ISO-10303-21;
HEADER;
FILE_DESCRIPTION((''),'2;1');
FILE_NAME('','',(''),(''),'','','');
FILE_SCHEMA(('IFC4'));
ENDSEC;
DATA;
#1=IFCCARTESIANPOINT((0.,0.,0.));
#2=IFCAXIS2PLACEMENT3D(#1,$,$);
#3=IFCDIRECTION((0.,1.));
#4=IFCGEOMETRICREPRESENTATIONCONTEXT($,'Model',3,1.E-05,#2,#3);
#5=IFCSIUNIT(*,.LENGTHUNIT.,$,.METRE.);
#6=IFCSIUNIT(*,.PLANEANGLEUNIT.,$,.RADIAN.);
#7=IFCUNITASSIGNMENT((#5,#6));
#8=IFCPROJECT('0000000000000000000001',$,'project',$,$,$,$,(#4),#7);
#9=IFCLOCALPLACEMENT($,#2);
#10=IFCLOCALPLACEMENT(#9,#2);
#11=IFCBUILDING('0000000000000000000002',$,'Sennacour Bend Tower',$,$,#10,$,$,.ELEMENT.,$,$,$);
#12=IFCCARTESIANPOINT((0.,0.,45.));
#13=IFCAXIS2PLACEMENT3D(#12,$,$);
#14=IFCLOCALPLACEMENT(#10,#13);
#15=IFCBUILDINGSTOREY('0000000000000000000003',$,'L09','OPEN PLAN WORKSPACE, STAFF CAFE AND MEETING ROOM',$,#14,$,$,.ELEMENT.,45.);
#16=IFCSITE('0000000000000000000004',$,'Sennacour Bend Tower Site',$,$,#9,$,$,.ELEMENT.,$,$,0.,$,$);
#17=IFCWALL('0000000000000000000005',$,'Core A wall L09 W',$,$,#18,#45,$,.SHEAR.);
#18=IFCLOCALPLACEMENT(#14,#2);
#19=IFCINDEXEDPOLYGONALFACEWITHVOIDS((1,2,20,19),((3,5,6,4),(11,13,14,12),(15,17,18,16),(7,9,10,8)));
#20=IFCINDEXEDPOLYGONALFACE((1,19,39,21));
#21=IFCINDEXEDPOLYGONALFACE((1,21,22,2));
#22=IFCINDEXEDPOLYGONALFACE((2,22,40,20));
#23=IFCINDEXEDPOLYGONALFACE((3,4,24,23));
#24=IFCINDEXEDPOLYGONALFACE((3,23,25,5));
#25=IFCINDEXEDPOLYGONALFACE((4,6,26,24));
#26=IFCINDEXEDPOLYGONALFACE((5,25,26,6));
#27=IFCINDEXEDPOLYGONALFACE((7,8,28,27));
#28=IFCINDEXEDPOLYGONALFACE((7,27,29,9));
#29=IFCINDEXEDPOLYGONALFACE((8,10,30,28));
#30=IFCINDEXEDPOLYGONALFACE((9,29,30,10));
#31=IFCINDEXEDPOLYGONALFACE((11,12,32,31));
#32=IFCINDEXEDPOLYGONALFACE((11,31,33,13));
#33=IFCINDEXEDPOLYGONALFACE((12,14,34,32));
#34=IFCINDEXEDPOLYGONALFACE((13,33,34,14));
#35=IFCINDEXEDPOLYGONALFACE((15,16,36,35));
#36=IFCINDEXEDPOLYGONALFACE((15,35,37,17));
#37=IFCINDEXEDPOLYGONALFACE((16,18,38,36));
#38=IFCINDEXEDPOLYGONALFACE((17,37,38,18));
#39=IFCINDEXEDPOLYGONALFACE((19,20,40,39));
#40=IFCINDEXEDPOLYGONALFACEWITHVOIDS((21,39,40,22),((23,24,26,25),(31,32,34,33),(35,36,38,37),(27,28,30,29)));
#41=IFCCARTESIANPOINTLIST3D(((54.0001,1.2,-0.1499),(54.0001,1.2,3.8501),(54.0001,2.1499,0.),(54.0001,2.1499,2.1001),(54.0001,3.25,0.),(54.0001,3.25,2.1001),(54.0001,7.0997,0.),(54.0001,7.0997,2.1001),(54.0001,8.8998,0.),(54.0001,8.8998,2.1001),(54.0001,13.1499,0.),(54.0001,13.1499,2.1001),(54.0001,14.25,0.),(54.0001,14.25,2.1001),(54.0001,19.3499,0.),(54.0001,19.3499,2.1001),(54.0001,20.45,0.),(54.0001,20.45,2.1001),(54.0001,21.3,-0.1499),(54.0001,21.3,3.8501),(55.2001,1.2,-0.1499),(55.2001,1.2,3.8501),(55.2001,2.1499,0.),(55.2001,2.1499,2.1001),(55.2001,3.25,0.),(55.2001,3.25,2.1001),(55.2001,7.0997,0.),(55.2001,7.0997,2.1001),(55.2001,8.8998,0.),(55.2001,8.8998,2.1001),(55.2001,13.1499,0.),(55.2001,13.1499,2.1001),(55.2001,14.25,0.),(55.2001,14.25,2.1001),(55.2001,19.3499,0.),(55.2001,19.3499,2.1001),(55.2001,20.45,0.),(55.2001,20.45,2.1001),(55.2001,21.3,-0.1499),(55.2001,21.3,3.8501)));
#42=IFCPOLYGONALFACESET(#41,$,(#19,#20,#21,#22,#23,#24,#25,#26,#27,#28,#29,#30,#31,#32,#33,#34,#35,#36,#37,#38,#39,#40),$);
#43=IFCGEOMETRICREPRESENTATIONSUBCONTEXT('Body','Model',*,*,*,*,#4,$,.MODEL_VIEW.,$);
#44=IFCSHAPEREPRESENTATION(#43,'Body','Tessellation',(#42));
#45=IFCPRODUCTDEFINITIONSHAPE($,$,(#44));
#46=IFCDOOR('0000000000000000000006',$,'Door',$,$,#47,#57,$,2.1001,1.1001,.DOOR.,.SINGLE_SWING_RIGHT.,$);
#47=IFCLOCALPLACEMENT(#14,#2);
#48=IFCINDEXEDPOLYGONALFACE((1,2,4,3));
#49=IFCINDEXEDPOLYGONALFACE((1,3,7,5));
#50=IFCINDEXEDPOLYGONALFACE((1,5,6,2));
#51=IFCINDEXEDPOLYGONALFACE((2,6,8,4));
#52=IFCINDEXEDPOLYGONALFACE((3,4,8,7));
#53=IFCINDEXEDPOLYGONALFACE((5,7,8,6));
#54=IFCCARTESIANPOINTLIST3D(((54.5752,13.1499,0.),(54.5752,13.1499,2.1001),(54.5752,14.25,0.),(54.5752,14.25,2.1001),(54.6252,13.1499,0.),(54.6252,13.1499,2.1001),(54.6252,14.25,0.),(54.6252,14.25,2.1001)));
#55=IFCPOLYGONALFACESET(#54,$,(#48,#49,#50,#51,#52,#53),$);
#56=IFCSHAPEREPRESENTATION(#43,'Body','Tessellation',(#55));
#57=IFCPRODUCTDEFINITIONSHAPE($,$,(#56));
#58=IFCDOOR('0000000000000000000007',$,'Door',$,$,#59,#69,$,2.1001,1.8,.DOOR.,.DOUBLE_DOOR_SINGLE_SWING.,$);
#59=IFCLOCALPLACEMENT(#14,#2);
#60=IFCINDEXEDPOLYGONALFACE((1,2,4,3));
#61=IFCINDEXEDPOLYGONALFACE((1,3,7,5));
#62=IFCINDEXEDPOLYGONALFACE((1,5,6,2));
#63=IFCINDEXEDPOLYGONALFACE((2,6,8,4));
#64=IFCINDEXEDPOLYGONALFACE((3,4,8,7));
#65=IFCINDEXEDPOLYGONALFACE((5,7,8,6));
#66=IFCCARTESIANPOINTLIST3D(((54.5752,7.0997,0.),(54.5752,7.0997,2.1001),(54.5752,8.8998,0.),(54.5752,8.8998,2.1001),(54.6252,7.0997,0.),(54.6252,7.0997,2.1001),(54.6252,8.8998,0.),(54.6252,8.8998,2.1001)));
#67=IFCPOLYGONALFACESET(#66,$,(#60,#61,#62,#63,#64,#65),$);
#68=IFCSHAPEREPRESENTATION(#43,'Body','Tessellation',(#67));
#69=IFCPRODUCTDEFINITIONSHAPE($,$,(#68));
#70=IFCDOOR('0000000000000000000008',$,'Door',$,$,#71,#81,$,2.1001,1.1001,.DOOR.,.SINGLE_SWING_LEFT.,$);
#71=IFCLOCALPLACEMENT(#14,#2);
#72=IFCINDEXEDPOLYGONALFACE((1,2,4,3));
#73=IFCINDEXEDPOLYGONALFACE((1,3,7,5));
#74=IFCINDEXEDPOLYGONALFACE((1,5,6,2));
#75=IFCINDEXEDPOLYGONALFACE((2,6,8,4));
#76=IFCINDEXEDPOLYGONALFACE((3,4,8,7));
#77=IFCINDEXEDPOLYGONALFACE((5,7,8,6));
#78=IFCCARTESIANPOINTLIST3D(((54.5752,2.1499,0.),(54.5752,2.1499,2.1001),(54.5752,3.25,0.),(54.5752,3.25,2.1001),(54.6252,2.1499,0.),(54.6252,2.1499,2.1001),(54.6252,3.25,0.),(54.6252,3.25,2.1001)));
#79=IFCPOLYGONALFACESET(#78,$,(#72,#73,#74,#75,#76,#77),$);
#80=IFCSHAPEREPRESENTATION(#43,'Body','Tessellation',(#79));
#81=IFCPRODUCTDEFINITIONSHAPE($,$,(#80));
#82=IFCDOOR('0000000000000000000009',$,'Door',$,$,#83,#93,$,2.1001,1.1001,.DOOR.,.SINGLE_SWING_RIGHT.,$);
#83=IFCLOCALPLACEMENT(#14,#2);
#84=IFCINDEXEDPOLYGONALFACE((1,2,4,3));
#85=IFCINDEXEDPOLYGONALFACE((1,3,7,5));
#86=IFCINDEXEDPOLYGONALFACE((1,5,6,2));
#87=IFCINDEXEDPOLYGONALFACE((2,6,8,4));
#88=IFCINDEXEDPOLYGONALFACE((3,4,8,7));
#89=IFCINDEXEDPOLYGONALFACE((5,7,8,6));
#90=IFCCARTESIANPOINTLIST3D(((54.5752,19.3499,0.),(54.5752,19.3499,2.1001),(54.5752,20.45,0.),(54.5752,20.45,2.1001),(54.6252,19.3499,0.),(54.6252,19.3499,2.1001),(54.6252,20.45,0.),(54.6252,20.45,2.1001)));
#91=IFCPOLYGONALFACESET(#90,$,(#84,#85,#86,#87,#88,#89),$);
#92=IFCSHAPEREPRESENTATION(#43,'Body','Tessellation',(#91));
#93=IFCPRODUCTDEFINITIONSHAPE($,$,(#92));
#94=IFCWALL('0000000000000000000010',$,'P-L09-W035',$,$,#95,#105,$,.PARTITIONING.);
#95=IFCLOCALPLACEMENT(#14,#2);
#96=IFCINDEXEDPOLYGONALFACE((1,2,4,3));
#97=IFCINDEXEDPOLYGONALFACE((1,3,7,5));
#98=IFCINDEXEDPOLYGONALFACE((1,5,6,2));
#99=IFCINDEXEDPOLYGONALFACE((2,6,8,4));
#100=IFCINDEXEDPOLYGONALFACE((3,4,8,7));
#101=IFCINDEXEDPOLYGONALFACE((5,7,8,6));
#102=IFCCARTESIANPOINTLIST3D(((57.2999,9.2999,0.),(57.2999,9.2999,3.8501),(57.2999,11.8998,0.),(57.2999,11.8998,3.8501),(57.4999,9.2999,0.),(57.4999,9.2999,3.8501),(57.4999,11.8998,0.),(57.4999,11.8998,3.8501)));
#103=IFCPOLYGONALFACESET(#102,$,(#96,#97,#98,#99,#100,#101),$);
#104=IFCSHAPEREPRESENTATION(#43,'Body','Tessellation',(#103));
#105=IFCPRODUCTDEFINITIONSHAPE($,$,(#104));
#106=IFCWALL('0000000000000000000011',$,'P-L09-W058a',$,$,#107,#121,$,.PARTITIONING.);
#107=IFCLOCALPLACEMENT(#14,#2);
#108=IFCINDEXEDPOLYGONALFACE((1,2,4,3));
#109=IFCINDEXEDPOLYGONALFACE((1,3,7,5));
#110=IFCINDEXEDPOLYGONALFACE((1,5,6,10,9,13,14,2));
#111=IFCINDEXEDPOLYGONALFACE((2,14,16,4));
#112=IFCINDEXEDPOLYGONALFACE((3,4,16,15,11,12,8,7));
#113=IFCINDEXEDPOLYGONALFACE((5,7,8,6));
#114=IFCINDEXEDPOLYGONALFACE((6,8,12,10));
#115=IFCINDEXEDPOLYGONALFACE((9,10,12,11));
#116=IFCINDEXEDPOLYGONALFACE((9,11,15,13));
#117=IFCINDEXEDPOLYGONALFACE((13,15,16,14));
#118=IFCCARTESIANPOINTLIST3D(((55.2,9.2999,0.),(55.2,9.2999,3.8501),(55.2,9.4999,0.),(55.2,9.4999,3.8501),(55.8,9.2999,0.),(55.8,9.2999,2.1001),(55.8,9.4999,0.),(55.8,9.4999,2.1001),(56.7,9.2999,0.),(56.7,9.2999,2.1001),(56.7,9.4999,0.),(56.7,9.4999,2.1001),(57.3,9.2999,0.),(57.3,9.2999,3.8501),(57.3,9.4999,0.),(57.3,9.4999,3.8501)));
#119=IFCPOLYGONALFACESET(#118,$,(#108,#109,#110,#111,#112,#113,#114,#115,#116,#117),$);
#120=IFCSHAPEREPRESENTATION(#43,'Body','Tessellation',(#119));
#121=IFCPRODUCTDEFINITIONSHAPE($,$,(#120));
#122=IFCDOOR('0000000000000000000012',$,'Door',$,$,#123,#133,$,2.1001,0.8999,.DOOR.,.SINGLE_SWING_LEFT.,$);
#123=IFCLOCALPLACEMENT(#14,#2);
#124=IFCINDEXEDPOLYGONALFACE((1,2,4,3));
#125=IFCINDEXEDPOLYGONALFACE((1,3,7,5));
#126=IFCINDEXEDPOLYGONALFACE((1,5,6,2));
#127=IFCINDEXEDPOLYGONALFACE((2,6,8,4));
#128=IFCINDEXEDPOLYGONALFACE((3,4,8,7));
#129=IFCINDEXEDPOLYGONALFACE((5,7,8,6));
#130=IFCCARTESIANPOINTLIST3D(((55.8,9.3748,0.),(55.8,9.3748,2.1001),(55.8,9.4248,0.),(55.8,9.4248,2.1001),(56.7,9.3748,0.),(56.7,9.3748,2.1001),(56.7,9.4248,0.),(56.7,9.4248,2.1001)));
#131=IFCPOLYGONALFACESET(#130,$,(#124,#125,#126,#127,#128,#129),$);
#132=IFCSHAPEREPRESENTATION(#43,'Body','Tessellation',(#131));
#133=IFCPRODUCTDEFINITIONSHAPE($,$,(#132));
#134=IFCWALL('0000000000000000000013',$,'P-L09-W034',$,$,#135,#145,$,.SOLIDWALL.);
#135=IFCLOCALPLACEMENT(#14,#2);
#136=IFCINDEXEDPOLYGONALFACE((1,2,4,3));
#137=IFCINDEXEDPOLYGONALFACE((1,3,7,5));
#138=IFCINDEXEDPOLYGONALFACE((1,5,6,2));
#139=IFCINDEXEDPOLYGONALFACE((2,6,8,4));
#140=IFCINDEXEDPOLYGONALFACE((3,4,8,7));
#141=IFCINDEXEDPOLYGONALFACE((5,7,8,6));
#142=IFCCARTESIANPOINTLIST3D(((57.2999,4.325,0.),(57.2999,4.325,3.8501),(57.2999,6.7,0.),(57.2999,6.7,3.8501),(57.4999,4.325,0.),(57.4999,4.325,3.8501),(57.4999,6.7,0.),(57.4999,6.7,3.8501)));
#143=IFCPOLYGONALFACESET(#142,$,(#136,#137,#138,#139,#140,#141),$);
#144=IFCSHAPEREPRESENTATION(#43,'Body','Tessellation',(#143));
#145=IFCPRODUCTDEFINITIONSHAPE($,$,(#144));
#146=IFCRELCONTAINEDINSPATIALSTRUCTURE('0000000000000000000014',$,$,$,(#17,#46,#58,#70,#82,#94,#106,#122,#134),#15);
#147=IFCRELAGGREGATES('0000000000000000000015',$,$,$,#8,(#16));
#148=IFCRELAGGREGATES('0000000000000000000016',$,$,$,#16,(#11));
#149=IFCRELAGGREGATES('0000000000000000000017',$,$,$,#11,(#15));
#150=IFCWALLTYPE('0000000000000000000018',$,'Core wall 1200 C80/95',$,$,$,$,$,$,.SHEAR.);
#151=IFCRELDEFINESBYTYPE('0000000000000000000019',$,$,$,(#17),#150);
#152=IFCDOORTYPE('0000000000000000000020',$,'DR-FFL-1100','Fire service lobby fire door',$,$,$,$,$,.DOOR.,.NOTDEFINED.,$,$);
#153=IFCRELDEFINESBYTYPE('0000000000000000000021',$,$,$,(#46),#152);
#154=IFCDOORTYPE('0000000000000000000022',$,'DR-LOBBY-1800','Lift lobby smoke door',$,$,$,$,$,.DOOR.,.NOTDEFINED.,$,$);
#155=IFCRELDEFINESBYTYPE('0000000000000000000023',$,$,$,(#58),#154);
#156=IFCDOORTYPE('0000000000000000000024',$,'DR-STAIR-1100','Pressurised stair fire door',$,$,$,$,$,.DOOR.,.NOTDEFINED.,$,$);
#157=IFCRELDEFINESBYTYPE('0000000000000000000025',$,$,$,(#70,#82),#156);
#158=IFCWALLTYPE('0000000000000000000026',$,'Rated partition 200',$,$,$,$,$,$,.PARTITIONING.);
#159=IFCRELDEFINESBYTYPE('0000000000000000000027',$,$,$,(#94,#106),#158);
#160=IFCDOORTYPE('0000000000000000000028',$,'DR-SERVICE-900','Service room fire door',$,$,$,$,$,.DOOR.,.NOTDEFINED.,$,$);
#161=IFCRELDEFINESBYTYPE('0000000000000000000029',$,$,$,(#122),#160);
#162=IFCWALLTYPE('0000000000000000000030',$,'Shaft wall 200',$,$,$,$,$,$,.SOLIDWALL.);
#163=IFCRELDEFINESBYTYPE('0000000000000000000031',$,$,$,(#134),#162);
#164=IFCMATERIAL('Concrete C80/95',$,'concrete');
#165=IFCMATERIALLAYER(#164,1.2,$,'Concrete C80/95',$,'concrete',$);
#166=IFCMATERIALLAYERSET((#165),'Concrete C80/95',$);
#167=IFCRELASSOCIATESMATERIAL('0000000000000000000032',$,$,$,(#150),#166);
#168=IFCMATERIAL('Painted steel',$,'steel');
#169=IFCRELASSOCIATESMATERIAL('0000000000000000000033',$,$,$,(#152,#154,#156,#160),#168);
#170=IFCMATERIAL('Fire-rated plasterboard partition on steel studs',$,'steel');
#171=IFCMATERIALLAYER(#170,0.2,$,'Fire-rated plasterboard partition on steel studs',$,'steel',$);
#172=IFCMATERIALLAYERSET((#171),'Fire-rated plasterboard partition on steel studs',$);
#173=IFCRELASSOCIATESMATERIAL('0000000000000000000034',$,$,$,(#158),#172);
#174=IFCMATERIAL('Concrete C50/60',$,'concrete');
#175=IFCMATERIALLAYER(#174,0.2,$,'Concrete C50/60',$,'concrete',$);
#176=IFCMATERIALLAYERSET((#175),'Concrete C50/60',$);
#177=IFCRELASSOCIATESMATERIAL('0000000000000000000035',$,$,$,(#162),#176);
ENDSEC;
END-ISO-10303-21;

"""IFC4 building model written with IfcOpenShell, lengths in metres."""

from ifc_helpers import new_model, si_unit, direction, frame, frame_2d, origin, place, context, subcontext, project, spatial, rectangle, extrude, material, layer, layer_set, type_object, element, fill, save


model = new_model("IFC4")

# Units and contexts
model_context = context("Model", 3, precision=1e-05, world=origin(), true_north=direction((0.0, 1.0)))
body_context = subcontext(model_context, "Body", "Model", "MODEL_VIEW")
ifc_project = project(units=[si_unit("LENGTHUNIT", "METRE"), si_unit("PLANEANGLEUNIT", "RADIAN")], contexts=[model_context])

# Site, building, storey
site_placement = place(None, origin())
site = spatial("IfcSite", under=ifc_project, at=site_placement, Name="Sennacour Bend Tower Site", CompositionType="ELEMENT", RefElevation=0.0)
building_placement = place(site_placement, origin())
building = spatial("IfcBuilding", under=site, at=building_placement, Name="Sennacour Bend Tower", CompositionType="ELEMENT")
storey_placement = place(building_placement, frame((0.0, 0.0, 45.0)))
storey = spatial("IfcBuildingStorey", under=building, at=storey_placement, Name="L09", Description="OPEN PLAN WORKSPACE, STAFF CAFE AND MEETING ROOM", CompositionType="ELEMENT", Elevation=45.0)

# Wall, openings, doors
ifc_material_1 = material(Name="Concrete C80/95", Category="concrete")
ifc_layer_1 = layer(ifc_material_1, 1.2, Name="Concrete C80/95", Category="concrete")
ifc_layer_set_1 = layer_set([ifc_layer_1], Name="Concrete C80/95")
wall_type_1 = type_object("IfcWallType", Name="Core wall 1200 C80/95", PredefinedType="SHEAR", material=ifc_layer_set_1)
wall_1_placement = place(storey_placement, frame((54.6001, 1.2, -0.1499), z_axis=(0.0, 0.0, 1.0), x_axis=(0.0, 1.0, 0.0)))
wall_1 = element("IfcWall", 1, at=wall_1_placement, inside=storey, type_object=wall_type_1, Name="Core A wall L09 W", PredefinedType="SHEAR", context=body_context, shape_type="SweptSolid", body=[
    extrude(rectangle(XDim=20.1001, YDim=1.2, at=frame_2d((10.05, 0.0))), origin(), (0.0, 0.0, 1.0), 4.0),
])
opening_1_placement = place(wall_1_placement, frame((5.8999, 0.0, 0.1499)))
opening_1 = element("IfcOpeningElement", 2, at=opening_1_placement, cuts=wall_1, PredefinedType="OPENING", context=body_context, shape_type="SweptSolid", body=[
    extrude(rectangle(XDim=1.8, YDim=2.1001, at=frame_2d((0.8999, 1.05))), frame((0.0, 0.6099, 0.0), z_axis=(0.0, -1.0, 0.0), x_axis=(1.0, 0.0, 0.0)), (0.0, 0.0, 1.0), 1.22),
])
opening_2_placement = place(wall_1_placement, frame((11.95, 0.0, 0.1499)))
opening_2 = element("IfcOpeningElement", 3, at=opening_2_placement, cuts=wall_1, PredefinedType="OPENING", context=body_context, shape_type="SweptSolid", body=[
    extrude(rectangle(XDim=1.1001, YDim=2.1001, at=frame_2d((0.55, 1.05))), frame((0.0, 0.6099, 0.0), z_axis=(0.0, -1.0, 0.0), x_axis=(1.0, 0.0, 0.0)), (0.0, 0.0, 1.0), 1.22),
])
opening_3_placement = place(wall_1_placement, frame((0.95, 0.0, 0.1499)))
opening_3 = element("IfcOpeningElement", 4, at=opening_3_placement, cuts=wall_1, PredefinedType="OPENING", context=body_context, shape_type="SweptSolid", body=[
    extrude(rectangle(XDim=1.1001, YDim=2.1001, at=frame_2d((0.55, 1.05))), frame((0.0, 0.6099, 0.0), z_axis=(0.0, -1.0, 0.0), x_axis=(1.0, 0.0, 0.0)), (0.0, 0.0, 1.0), 1.22),
])
opening_4_placement = place(wall_1_placement, frame((18.1499, 0.0, 0.1499)))
opening_4 = element("IfcOpeningElement", 5, at=opening_4_placement, cuts=wall_1, PredefinedType="OPENING", context=body_context, shape_type="SweptSolid", body=[
    extrude(rectangle(XDim=1.1001, YDim=2.1001, at=frame_2d((0.55, 1.05))), frame((0.0, 0.6099, 0.0), z_axis=(0.0, -1.0, 0.0), x_axis=(1.0, 0.0, 0.0)), (0.0, 0.0, 1.0), 1.22),
])
ifc_material_2 = material(Name="Painted steel", Category="steel")
door_type_1 = type_object("IfcDoorType", Name="DR-FFL-1100", Description="Fire service lobby fire door", OperationType="NOTDEFINED", PredefinedType="DOOR", material=ifc_material_2)
door_1_placement = place(opening_2_placement, origin())
door_1 = element("IfcDoor", 6, at=door_1_placement, inside=storey, type_object=door_type_1, Name="Door", OperationType="SINGLE_SWING_RIGHT", OverallHeight=2.1001, OverallWidth=1.1001, PredefinedType="DOOR", context=body_context, shape_type="SweptSolid", body=[
    extrude(rectangle(XDim=1.1001, YDim=2.1001, at=frame_2d((0.55, 1.05))), frame((0.0, 0.0249, 0.0), z_axis=(0.0, -1.0, 0.0), x_axis=(1.0, 0.0, 0.0)), (0.0, 0.0, 1.0), 0.05),
])
fill(opening_2, door_1)
door_type_2 = type_object("IfcDoorType", Name="DR-LOBBY-1800", Description="Lift lobby smoke door", OperationType="NOTDEFINED", PredefinedType="DOOR", material=ifc_material_2)
door_2_placement = place(opening_1_placement, origin())
door_2 = element("IfcDoor", 7, at=door_2_placement, inside=storey, type_object=door_type_2, Name="Door", OperationType="DOUBLE_DOOR_SINGLE_SWING", OverallHeight=2.1001, OverallWidth=1.8, PredefinedType="DOOR", context=body_context, shape_type="SweptSolid", body=[
    extrude(rectangle(XDim=1.8, YDim=2.1001, at=frame_2d((0.8999, 1.05))), frame((0.0, 0.0249, 0.0), z_axis=(0.0, -1.0, 0.0), x_axis=(1.0, 0.0, 0.0)), (0.0, 0.0, 1.0), 0.05),
])
fill(opening_1, door_2)
door_type_3 = type_object("IfcDoorType", Name="DR-STAIR-1100", Description="Pressurised stair fire door", OperationType="NOTDEFINED", PredefinedType="DOOR", material=ifc_material_2)
door_3_placement = place(opening_3_placement, origin())
door_3 = element("IfcDoor", 8, at=door_3_placement, inside=storey, type_object=door_type_3, Name="Door", OperationType="SINGLE_SWING_LEFT", OverallHeight=2.1001, OverallWidth=1.1001, PredefinedType="DOOR", context=body_context, shape_type="SweptSolid", body=[
    extrude(rectangle(XDim=1.1001, YDim=2.1001, at=frame_2d((0.55, 1.05))), frame((0.0, 0.0249, 0.0), z_axis=(0.0, -1.0, 0.0), x_axis=(1.0, 0.0, 0.0)), (0.0, 0.0, 1.0), 0.05),
])
fill(opening_3, door_3)
door_4_placement = place(opening_4_placement, origin())
door_4 = element("IfcDoor", 9, at=door_4_placement, inside=storey, type_object=door_type_3, Name="Door", OperationType="SINGLE_SWING_RIGHT", OverallHeight=2.1001, OverallWidth=1.1001, PredefinedType="DOOR", context=body_context, shape_type="SweptSolid", body=[
    extrude(rectangle(XDim=1.1001, YDim=2.1001, at=frame_2d((0.55, 1.05))), frame((0.0, 0.0249, 0.0), z_axis=(0.0, -1.0, 0.0), x_axis=(1.0, 0.0, 0.0)), (0.0, 0.0, 1.0), 0.05),
])
fill(opening_4, door_4)

# Wall
ifc_material_3 = material(Name="Fire-rated plasterboard partition on steel studs", Category="steel")
ifc_layer_2 = layer(ifc_material_3, 0.2, Name="Fire-rated plasterboard partition on steel studs", Category="steel")
ifc_layer_set_2 = layer_set([ifc_layer_2], Name="Fire-rated plasterboard partition on steel studs")
wall_type_2 = type_object("IfcWallType", Name="Rated partition 200", PredefinedType="PARTITIONING", material=ifc_layer_set_2)
wall_2_placement = place(storey_placement, frame((57.3999, 9.3, 0.0), z_axis=(0.0, 0.0, 1.0), x_axis=(0.0, 1.0, 0.0)))
element("IfcWall", 10, at=wall_2_placement, inside=storey, type_object=wall_type_2, Name="P-L09-W035", PredefinedType="PARTITIONING", context=body_context, shape_type="SweptSolid", body=[
    extrude(rectangle(XDim=2.5999, YDim=0.2, at=frame_2d((1.2998, 0.0))), origin(), (0.0, 0.0, 1.0), 3.8501),
])

# Wall, opening, door
wall_3_placement = place(storey_placement, frame((55.2, 9.3999, 0.0), z_axis=(0.0, 0.0, 1.0), x_axis=(1.0, 0.0, 0.0)))
wall_3 = element("IfcWall", 11, at=wall_3_placement, inside=storey, type_object=wall_type_2, Name="P-L09-W058a", PredefinedType="PARTITIONING", context=body_context, shape_type="SweptSolid", body=[
    extrude(rectangle(XDim=2.1001, YDim=0.2, at=frame_2d((1.05, 0.0))), origin(), (0.0, 0.0, 1.0), 3.8501),
])
opening_5_placement = place(wall_3_placement, frame((0.6001, 0.0, 0.0)))
opening_5 = element("IfcOpeningElement", 12, at=opening_5_placement, cuts=wall_3, PredefinedType="OPENING", context=body_context, shape_type="SweptSolid", body=[
    extrude(rectangle(XDim=0.8999, YDim=2.1001, at=frame_2d((0.45, 1.05))), frame((0.0, 0.1099, 0.0), z_axis=(0.0, -1.0, 0.0), x_axis=(1.0, 0.0, 0.0)), (0.0, 0.0, 1.0), 0.22),
])
door_type_4 = type_object("IfcDoorType", Name="DR-SERVICE-900", Description="Service room fire door", OperationType="NOTDEFINED", PredefinedType="DOOR", material=ifc_material_2)
door_5_placement = place(opening_5_placement, origin())
door_5 = element("IfcDoor", 13, at=door_5_placement, inside=storey, type_object=door_type_4, Name="Door", OperationType="SINGLE_SWING_LEFT", OverallHeight=2.1001, OverallWidth=0.8999, PredefinedType="DOOR", context=body_context, shape_type="SweptSolid", body=[
    extrude(rectangle(XDim=0.8999, YDim=2.1001, at=frame_2d((0.45, 1.05))), frame((0.0, 0.0249, 0.0), z_axis=(0.0, -1.0, 0.0), x_axis=(1.0, 0.0, 0.0)), (0.0, 0.0, 1.0), 0.05),
])
fill(opening_5, door_5)

# Wall
ifc_material_4 = material(Name="Concrete C50/60", Category="concrete")
ifc_layer_3 = layer(ifc_material_4, 0.2, Name="Concrete C50/60", Category="concrete")
ifc_layer_set_3 = layer_set([ifc_layer_3], Name="Concrete C50/60")
wall_type_3 = type_object("IfcWallType", Name="Shaft wall 200", PredefinedType="SOLIDWALL", material=ifc_layer_set_3)
wall_4_placement = place(storey_placement, frame((57.3999, 4.325, 0.0), z_axis=(0.0, 0.0, 1.0), x_axis=(0.0, 1.0, 0.0)))
element("IfcWall", 14, at=wall_4_placement, inside=storey, type_object=wall_type_3, Name="P-L09-W034", PredefinedType="SOLIDWALL", context=body_context, shape_type="SweptSolid", body=[
    extrude(rectangle(XDim=2.375, YDim=0.2, at=frame_2d((1.1875, 0.0))), origin(), (0.0, 0.0, 1.0), 3.8501),
])

save(model, "model.ifc")
